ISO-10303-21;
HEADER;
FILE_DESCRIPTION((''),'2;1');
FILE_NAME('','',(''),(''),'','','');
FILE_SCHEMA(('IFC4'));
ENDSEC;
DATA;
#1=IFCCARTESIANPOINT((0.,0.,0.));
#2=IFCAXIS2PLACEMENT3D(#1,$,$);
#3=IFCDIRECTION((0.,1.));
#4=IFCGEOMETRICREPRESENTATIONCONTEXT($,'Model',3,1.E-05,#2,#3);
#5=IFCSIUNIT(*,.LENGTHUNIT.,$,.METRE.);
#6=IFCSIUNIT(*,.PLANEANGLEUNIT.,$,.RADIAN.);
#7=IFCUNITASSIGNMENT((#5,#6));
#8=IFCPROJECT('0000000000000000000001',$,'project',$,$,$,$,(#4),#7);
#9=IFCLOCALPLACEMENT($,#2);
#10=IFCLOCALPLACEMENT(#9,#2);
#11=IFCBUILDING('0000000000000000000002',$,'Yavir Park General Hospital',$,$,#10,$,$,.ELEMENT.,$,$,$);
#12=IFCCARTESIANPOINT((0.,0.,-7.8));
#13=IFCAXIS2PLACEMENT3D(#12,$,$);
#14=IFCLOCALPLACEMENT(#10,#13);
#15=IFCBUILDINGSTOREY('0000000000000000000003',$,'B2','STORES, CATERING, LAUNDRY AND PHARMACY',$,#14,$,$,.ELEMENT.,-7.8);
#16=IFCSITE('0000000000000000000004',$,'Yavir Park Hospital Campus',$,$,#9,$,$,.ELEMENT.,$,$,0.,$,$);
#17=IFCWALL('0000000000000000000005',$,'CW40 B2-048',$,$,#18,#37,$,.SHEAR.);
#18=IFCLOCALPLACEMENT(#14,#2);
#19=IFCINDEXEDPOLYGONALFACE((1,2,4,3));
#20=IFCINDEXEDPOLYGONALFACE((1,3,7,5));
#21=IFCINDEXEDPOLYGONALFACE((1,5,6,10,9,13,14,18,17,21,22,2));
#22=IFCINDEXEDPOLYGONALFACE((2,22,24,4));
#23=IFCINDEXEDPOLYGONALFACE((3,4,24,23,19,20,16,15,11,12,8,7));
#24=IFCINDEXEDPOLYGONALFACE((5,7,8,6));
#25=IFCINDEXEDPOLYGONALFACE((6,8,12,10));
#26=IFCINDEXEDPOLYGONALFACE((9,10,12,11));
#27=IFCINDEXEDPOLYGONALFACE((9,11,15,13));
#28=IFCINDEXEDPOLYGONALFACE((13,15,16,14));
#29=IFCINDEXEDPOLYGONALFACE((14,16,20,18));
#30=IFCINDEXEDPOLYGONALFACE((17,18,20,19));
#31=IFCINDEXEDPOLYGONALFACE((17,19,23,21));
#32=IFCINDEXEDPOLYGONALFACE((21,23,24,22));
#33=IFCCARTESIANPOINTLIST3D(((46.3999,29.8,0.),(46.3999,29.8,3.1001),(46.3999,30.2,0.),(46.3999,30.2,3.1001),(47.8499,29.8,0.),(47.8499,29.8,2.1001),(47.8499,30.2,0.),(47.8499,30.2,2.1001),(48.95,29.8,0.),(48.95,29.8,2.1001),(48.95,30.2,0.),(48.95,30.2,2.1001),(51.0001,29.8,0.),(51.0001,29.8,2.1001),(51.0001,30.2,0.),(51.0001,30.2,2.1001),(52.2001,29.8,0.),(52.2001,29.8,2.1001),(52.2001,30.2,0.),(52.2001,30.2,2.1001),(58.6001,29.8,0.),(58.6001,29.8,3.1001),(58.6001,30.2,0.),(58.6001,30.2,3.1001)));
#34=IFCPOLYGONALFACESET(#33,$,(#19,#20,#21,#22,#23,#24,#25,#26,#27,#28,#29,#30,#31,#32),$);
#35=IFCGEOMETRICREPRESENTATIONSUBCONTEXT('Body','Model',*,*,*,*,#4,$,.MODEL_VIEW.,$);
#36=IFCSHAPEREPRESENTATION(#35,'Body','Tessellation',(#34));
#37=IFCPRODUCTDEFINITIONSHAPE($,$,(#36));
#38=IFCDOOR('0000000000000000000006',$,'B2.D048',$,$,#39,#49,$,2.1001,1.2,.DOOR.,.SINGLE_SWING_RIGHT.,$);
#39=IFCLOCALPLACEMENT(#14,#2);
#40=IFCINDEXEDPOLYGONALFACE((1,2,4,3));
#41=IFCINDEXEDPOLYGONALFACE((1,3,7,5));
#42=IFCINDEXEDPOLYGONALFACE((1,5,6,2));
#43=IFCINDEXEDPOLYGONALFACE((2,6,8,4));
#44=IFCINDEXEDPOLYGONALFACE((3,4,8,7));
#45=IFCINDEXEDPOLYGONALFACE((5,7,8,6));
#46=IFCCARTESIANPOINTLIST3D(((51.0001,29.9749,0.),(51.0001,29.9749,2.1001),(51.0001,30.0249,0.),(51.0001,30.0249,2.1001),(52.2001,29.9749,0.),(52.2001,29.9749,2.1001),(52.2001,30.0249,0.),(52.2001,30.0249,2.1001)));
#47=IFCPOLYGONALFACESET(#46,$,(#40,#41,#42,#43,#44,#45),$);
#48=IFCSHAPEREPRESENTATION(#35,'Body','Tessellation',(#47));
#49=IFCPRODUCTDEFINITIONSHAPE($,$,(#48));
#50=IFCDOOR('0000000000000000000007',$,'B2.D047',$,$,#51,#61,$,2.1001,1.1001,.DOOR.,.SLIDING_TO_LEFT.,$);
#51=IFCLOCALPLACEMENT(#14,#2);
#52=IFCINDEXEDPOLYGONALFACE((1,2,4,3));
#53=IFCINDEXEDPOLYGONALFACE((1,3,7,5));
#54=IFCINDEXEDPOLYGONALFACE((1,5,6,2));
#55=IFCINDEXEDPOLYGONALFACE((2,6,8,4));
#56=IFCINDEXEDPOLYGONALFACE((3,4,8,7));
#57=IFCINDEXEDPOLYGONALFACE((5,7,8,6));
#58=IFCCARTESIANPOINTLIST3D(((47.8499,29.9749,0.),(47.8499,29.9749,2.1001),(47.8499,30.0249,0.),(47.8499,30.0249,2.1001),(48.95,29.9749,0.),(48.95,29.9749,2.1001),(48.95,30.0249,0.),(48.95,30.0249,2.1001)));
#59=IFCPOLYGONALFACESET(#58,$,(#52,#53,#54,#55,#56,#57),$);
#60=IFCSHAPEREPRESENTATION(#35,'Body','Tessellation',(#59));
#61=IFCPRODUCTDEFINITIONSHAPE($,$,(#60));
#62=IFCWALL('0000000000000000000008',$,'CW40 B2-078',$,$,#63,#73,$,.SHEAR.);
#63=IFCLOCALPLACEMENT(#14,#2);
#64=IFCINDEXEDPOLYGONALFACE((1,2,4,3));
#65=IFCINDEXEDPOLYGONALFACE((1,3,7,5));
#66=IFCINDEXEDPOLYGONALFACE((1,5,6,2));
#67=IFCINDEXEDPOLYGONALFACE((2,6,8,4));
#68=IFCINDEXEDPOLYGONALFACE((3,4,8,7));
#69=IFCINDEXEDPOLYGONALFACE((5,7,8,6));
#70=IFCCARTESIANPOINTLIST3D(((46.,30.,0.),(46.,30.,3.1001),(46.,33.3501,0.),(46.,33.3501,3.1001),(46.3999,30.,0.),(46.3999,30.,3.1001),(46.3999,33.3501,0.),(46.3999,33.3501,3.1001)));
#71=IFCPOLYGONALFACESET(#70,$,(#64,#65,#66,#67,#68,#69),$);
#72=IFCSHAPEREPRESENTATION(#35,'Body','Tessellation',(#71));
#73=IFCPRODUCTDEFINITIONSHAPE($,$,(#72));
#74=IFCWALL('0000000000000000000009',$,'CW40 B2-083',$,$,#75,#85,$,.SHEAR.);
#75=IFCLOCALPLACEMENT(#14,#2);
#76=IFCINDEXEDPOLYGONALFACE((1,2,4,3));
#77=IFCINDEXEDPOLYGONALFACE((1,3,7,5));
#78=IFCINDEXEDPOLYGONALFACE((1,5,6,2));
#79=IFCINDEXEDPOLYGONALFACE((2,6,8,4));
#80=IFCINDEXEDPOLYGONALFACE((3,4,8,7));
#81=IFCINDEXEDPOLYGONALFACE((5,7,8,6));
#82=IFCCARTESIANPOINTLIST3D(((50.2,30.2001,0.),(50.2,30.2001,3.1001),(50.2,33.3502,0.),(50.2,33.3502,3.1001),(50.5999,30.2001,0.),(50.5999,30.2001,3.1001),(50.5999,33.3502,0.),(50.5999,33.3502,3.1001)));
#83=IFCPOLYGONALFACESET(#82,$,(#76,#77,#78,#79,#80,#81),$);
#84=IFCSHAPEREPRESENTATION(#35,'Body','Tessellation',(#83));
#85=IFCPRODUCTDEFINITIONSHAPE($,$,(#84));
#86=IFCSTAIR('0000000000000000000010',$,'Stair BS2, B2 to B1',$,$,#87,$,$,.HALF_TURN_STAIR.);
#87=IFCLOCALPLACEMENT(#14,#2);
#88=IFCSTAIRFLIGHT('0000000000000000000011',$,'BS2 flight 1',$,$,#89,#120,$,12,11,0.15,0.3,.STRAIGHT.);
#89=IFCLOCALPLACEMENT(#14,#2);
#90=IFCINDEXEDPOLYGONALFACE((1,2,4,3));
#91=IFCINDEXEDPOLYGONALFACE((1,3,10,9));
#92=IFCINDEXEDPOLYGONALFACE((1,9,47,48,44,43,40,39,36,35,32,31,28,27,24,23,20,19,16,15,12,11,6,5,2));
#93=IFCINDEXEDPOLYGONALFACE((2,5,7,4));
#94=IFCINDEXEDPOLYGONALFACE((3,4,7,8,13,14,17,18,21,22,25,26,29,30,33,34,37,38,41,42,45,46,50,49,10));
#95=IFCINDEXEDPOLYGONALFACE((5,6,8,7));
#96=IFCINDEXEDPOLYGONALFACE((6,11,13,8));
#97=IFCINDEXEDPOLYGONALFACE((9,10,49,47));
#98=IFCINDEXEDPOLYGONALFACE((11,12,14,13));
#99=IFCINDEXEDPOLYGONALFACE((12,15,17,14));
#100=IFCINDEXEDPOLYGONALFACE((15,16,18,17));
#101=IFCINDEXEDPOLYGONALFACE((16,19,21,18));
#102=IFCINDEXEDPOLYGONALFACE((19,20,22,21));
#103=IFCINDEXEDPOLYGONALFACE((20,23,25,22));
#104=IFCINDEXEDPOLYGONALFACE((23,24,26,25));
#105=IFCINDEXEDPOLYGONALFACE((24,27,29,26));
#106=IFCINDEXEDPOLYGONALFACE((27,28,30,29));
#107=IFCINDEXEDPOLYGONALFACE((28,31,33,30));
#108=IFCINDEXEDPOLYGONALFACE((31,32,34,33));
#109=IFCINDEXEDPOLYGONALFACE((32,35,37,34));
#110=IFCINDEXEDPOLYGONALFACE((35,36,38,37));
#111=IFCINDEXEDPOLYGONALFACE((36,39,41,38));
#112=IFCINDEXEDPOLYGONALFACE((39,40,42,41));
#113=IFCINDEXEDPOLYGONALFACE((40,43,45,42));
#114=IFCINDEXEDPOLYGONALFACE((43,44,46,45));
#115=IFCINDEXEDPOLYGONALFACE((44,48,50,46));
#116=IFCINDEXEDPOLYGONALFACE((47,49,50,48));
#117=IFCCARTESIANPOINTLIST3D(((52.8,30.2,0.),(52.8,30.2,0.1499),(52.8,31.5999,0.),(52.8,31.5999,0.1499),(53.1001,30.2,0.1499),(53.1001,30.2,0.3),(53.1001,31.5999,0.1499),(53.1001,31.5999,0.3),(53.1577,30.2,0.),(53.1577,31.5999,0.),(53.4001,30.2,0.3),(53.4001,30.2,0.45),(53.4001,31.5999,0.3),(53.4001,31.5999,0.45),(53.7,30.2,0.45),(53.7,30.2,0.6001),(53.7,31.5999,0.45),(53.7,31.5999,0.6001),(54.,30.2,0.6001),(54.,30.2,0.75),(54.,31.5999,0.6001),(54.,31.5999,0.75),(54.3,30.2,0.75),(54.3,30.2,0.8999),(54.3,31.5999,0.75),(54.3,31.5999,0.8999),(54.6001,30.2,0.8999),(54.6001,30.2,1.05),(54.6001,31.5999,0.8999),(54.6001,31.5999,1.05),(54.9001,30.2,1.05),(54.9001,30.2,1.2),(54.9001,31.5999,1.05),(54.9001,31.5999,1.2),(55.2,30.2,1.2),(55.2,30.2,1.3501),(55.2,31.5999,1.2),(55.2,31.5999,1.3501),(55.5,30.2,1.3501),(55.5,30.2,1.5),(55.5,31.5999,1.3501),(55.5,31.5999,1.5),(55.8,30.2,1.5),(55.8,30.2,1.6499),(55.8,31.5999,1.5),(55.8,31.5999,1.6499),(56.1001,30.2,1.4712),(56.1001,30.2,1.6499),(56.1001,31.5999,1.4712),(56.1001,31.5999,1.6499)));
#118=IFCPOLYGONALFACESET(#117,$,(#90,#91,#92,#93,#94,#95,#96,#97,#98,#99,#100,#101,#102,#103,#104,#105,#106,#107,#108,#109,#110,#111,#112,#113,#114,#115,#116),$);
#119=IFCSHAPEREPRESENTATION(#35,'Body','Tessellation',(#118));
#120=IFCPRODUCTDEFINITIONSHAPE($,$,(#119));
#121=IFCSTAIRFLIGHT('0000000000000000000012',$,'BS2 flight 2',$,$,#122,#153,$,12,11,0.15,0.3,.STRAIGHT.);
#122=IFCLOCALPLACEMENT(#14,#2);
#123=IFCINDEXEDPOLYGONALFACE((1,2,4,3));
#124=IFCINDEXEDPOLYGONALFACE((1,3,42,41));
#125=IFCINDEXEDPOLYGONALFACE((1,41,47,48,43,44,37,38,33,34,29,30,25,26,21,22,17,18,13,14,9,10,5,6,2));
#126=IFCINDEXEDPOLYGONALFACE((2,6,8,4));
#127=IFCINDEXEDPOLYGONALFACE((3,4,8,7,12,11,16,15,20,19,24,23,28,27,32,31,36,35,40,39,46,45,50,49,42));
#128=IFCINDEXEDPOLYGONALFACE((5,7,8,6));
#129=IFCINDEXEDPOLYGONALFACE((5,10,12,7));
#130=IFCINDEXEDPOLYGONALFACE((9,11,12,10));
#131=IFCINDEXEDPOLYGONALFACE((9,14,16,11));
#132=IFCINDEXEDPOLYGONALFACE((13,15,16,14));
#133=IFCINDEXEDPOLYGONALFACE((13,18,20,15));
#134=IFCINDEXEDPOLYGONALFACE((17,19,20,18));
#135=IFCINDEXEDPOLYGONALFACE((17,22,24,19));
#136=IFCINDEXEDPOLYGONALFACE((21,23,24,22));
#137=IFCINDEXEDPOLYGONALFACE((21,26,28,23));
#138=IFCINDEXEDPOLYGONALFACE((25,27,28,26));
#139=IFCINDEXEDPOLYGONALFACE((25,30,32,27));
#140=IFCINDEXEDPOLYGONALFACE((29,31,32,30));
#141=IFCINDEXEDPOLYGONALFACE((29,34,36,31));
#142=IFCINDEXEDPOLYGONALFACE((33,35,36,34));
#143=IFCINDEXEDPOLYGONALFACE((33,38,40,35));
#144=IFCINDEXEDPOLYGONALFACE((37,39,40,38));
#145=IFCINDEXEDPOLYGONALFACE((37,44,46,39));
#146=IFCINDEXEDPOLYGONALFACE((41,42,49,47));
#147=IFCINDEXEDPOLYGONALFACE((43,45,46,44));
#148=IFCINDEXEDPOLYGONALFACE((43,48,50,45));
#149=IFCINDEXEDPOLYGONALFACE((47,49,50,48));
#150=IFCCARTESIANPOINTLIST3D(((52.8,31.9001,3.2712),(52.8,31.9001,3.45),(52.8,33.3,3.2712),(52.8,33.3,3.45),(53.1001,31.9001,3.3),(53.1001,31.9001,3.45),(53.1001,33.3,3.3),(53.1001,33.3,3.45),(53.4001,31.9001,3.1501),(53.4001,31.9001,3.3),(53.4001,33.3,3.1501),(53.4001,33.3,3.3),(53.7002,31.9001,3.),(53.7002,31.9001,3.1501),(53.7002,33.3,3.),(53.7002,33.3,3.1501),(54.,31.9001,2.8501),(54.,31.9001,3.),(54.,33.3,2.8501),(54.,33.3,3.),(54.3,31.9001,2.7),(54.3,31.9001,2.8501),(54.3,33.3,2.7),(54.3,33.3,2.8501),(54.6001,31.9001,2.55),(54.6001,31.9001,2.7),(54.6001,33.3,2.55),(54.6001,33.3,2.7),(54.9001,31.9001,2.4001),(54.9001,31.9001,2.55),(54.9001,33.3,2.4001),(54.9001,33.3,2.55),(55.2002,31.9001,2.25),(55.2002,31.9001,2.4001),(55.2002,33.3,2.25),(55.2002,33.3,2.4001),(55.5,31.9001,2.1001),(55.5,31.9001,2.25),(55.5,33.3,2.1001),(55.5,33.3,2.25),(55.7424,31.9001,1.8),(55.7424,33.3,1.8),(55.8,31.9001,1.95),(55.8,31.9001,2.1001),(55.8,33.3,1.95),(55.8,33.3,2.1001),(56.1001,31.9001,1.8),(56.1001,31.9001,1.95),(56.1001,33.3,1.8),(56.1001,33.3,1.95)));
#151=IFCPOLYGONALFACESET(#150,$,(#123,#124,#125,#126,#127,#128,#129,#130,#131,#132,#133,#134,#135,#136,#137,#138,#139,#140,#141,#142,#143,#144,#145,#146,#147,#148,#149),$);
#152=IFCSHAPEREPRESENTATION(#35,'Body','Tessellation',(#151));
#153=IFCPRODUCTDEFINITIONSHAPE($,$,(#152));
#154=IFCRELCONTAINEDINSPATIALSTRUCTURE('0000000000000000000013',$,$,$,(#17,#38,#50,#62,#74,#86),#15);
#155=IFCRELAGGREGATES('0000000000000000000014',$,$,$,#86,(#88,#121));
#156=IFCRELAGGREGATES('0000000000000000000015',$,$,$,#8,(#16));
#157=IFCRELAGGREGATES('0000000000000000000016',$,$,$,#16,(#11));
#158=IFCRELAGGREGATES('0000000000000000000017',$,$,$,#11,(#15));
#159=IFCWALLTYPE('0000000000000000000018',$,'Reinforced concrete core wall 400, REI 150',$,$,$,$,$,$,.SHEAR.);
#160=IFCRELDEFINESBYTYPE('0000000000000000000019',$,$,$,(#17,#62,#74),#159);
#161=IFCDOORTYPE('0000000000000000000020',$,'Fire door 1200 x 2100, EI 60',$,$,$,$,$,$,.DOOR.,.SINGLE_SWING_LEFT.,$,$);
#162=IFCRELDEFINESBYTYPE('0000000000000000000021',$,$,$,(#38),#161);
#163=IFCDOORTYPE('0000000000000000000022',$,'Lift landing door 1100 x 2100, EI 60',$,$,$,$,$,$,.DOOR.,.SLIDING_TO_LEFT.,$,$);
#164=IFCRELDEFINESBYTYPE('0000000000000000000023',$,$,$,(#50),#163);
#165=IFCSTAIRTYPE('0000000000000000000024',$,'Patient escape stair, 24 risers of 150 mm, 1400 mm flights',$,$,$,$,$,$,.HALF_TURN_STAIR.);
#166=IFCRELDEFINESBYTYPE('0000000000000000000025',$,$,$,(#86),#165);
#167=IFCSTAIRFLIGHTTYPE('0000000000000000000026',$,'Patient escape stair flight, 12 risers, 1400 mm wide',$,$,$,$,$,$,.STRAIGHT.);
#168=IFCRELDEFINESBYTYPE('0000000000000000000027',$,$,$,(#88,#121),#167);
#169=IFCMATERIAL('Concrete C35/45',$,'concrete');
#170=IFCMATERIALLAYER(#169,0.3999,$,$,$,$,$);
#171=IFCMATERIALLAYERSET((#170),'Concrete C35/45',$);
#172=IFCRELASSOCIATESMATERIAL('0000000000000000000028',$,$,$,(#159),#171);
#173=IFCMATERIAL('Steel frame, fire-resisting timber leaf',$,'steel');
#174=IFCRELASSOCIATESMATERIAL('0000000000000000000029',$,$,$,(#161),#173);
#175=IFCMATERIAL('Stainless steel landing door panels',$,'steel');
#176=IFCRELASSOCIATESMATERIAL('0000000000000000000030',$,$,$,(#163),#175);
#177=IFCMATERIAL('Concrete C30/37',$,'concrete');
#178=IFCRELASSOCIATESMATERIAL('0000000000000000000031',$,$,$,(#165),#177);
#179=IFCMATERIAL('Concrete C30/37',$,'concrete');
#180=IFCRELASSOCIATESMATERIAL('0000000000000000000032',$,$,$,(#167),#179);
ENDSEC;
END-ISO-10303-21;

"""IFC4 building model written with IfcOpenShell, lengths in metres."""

from ifc_helpers import new_model, si_unit, direction, frame, frame_2d, origin, place, context, subcontext, project, spatial, polyline, rectangle, outline, extrude, material, layer, layer_set, type_object, element, fill, aggregate, save


model = new_model("IFC4")

# Units and contexts
model_context = context("Model", 3, precision=1e-05, world=origin(), true_north=direction((0.0, 1.0)))
body_context = subcontext(model_context, "Body", "Model", "MODEL_VIEW")
ifc_project = project(units=[si_unit("LENGTHUNIT", "METRE"), si_unit("PLANEANGLEUNIT", "RADIAN")], contexts=[model_context])

# Site, building, storey
site_placement = place(None, origin())
site = spatial("IfcSite", under=ifc_project, at=site_placement, Name="Yavir Park Hospital Campus", CompositionType="ELEMENT", RefElevation=0.0)
building_placement = place(site_placement, origin())
building = spatial("IfcBuilding", under=site, at=building_placement, Name="Yavir Park General Hospital", CompositionType="ELEMENT")
storey_placement = place(building_placement, frame((0.0, 0.0, -7.8)))
storey = spatial("IfcBuildingStorey", under=building, at=storey_placement, Name="B2", Description="STORES, CATERING, LAUNDRY AND PHARMACY", CompositionType="ELEMENT", Elevation=-7.8)

# Wall, openings, doors
ifc_material_1 = material(Name="Concrete C35/45", Category="concrete")
ifc_layer_1 = layer(ifc_material_1, 0.3999)
ifc_layer_set_1 = layer_set([ifc_layer_1], Name="Concrete C35/45")
wall_type_1 = type_object("IfcWallType", Name="Reinforced concrete core wall 400, REI 150", PredefinedType="SHEAR", material=ifc_layer_set_1)
wall_1_placement = place(storey_placement, frame((46.3999, 30.0, 0.0), z_axis=(0.0, 0.0, 1.0), x_axis=(1.0, 0.0, 0.0)))
wall_1 = element("IfcWall", 1, at=wall_1_placement, inside=storey, type_object=wall_type_1, Name="CW40 B2-048", PredefinedType="SHEAR", context=body_context, shape_type="SweptSolid", body=[
    extrude(rectangle(XDim=12.2002, YDim=0.3999, at=frame_2d((6.1001, 0.0))), origin(), (0.0, 0.0, 1.0), 3.1001),
])
opening_1_placement = place(wall_1_placement, frame((1.45, 0.0, 0.0)))
opening_1 = element("IfcOpeningElement", 2, at=opening_1_placement, cuts=wall_1, PredefinedType="OPENING", context=body_context, shape_type="SweptSolid", body=[
    extrude(rectangle(XDim=1.1001, YDim=2.1001, at=frame_2d((0.55, 1.05))), frame((0.0, 0.21, 0.0), z_axis=(0.0, -1.0, 0.0), x_axis=(1.0, 0.0, 0.0)), (0.0, 0.0, 1.0), 0.4199),
])
opening_2_placement = place(wall_1_placement, frame((4.6001, 0.0, 0.0)))
opening_2 = element("IfcOpeningElement", 3, at=opening_2_placement, cuts=wall_1, PredefinedType="OPENING", context=body_context, shape_type="SweptSolid", body=[
    extrude(rectangle(XDim=1.2, YDim=2.1001, at=frame_2d((0.6001, 1.05))), frame((0.0, 0.21, 0.0), z_axis=(0.0, -1.0, 0.0), x_axis=(1.0, 0.0, 0.0)), (0.0, 0.0, 1.0), 0.4199),
])
ifc_material_2 = material(Name="Steel frame, fire-resisting timber leaf", Category="steel")
door_type_1 = type_object("IfcDoorType", Name="Fire door 1200 x 2100, EI 60", OperationType="SINGLE_SWING_LEFT", PredefinedType="DOOR", material=ifc_material_2)
door_1_placement = place(opening_2_placement, origin())
door_1 = element("IfcDoor", 4, at=door_1_placement, inside=storey, type_object=door_type_1, Name="B2.D048", OperationType="SINGLE_SWING_RIGHT", OverallHeight=2.1001, OverallWidth=1.2, PredefinedType="DOOR", context=body_context, shape_type="SweptSolid", body=[
    extrude(rectangle(XDim=1.2, YDim=2.1001, at=frame_2d((0.6001, 1.05))), frame((0.0, 0.0249, 0.0), z_axis=(0.0, -1.0, 0.0), x_axis=(1.0, 0.0, 0.0)), (0.0, 0.0, 1.0), 0.05),
])
fill(opening_2, door_1)
ifc_material_3 = material(Name="Stainless steel landing door panels", Category="steel")
door_type_2 = type_object("IfcDoorType", Name="Lift landing door 1100 x 2100, EI 60", OperationType="SLIDING_TO_LEFT", PredefinedType="DOOR", material=ifc_material_3)
door_2_placement = place(opening_1_placement, origin())
door_2 = element("IfcDoor", 5, at=door_2_placement, inside=storey, type_object=door_type_2, Name="B2.D047", OperationType="SLIDING_TO_LEFT", OverallHeight=2.1001, OverallWidth=1.1001, PredefinedType="DOOR", context=body_context, shape_type="SweptSolid", body=[
    extrude(rectangle(XDim=1.1001, YDim=2.1001, at=frame_2d((0.55, 1.05))), frame((0.0, 0.0249, 0.0), z_axis=(0.0, -1.0, 0.0), x_axis=(1.0, 0.0, 0.0)), (0.0, 0.0, 1.0), 0.05),
])
fill(opening_1, door_2)

# Walls
wall_2_placement = place(storey_placement, frame((46.2, 30.0, 0.0), z_axis=(0.0, 0.0, 1.0), x_axis=(0.0, 1.0, 0.0)))
element("IfcWall", 6, at=wall_2_placement, inside=storey, type_object=wall_type_1, Name="CW40 B2-078", PredefinedType="SHEAR", context=body_context, shape_type="SweptSolid", body=[
    extrude(rectangle(XDim=3.3501, YDim=0.3999, at=frame_2d((1.675, 0.0))), origin(), (0.0, 0.0, 1.0), 3.1001),
])
wall_3_placement = place(storey_placement, frame((50.3999, 30.2, 0.0), z_axis=(0.0, 0.0, 1.0), x_axis=(0.0, 1.0, 0.0)))
element("IfcWall", 7, at=wall_3_placement, inside=storey, type_object=wall_type_1, Name="CW40 B2-083", PredefinedType="SHEAR", context=body_context, shape_type="SweptSolid", body=[
    extrude(rectangle(XDim=3.1501, YDim=0.3999, at=frame_2d((1.5752, 0.0))), origin(), (0.0, 0.0, 1.0), 3.1001),
])

# Stair, stair flights
ifc_material_4 = material(Name="Concrete C30/37", Category="concrete")
stair_type = type_object("IfcStairType", Name="Patient escape stair, 24 risers of 150 mm, 1400 mm flights", PredefinedType="HALF_TURN_STAIR", material=ifc_material_4)
stair_placement = place(storey_placement, origin())
stair = element("IfcStair", 8, at=stair_placement, inside=storey, type_object=stair_type, Name="Stair BS2, B2 to B1", PredefinedType="HALF_TURN_STAIR")
ifc_material_5 = material(Name="Concrete C30/37", Category="concrete")
stair_flight_type = type_object("IfcStairFlightType", Name="Patient escape stair flight, 12 risers, 1400 mm wide", PredefinedType="STRAIGHT", material=ifc_material_5)
stair_flight_1_placement = place(storey_placement, frame((52.8, 30.8999, 0.0), z_axis=(0.0, 0.0, 1.0), x_axis=(1.0, 0.0, 0.0)))
stair_flight_1 = element("IfcStairFlight", 9, at=stair_flight_1_placement, type_object=stair_flight_type, Name="BS2 flight 1", NumberOfRisers=12, NumberOfTreads=11, PredefinedType="STRAIGHT", RiserHeight=0.15, TreadLength=0.3, context=body_context, shape_type="SweptSolid", body=[
    extrude(outline(polyline([(0.0, 0.0), (0.0, 0.1499), (0.3, 0.1499), (0.3, 0.3), (0.6001, 0.3), (0.6001, 0.45), (0.8999, 0.45), (0.8999, 0.6001), (1.2, 0.6001), (1.2, 0.75), (1.5, 0.75), (1.5, 0.8999), (1.8, 0.8999), (1.8, 1.05), (2.1001, 1.05), (2.1001, 1.2), (2.3999, 1.2), (2.3999, 1.3501), (2.7, 1.3501), (2.7, 1.5), (3.0, 1.5), (3.0, 1.6499), (3.3, 1.6499), (3.3, 1.8), (3.3, 1.4712), (0.3577, 0.0), (0.0, 0.0)])), frame((0.0, 0.7, 0.0), z_axis=(0.0, -1.0, 0.0), x_axis=(1.0, 0.0, 0.0)), (0.0, 0.0, 1.0), 1.3999),
])
stair_flight_2_placement = place(storey_placement, frame((56.1001, 32.6001, 1.8), z_axis=(0.0, 0.0, 1.0), x_axis=(-1.0, 0.0, 0.0)))
stair_flight_2 = element("IfcStairFlight", 10, at=stair_flight_2_placement, type_object=stair_flight_type, Name="BS2 flight 2", NumberOfRisers=12, NumberOfTreads=11, PredefinedType="STRAIGHT", RiserHeight=0.15, TreadLength=0.3, context=body_context, shape_type="SweptSolid", body=[
    extrude(outline(polyline([(0.0, 0.0), (0.0, 0.1499), (0.3, 0.1499), (0.3, 0.3), (0.6001, 0.3), (0.6001, 0.45), (0.8999, 0.45), (0.8999, 0.6001), (1.2, 0.6001), (1.2, 0.75), (1.5, 0.75), (1.5, 0.8999), (1.8, 0.8999), (1.8, 1.05), (2.1001, 1.05), (2.1001, 1.2), (2.3999, 1.2), (2.3999, 1.3501), (2.7, 1.3501), (2.7, 1.5), (3.0, 1.5), (3.0, 1.6499), (3.3, 1.6499), (3.3, 1.8), (3.3, 1.4712), (0.3577, 0.0), (0.0, 0.0)])), frame((0.0, 0.7, 0.0), z_axis=(0.0, -1.0, 0.0), x_axis=(1.0, 0.0, 0.0)), (0.0, 0.0, 1.0), 1.3999),
])
aggregate(stair, [stair_flight_1, stair_flight_2])

save(model, "model.ifc")
